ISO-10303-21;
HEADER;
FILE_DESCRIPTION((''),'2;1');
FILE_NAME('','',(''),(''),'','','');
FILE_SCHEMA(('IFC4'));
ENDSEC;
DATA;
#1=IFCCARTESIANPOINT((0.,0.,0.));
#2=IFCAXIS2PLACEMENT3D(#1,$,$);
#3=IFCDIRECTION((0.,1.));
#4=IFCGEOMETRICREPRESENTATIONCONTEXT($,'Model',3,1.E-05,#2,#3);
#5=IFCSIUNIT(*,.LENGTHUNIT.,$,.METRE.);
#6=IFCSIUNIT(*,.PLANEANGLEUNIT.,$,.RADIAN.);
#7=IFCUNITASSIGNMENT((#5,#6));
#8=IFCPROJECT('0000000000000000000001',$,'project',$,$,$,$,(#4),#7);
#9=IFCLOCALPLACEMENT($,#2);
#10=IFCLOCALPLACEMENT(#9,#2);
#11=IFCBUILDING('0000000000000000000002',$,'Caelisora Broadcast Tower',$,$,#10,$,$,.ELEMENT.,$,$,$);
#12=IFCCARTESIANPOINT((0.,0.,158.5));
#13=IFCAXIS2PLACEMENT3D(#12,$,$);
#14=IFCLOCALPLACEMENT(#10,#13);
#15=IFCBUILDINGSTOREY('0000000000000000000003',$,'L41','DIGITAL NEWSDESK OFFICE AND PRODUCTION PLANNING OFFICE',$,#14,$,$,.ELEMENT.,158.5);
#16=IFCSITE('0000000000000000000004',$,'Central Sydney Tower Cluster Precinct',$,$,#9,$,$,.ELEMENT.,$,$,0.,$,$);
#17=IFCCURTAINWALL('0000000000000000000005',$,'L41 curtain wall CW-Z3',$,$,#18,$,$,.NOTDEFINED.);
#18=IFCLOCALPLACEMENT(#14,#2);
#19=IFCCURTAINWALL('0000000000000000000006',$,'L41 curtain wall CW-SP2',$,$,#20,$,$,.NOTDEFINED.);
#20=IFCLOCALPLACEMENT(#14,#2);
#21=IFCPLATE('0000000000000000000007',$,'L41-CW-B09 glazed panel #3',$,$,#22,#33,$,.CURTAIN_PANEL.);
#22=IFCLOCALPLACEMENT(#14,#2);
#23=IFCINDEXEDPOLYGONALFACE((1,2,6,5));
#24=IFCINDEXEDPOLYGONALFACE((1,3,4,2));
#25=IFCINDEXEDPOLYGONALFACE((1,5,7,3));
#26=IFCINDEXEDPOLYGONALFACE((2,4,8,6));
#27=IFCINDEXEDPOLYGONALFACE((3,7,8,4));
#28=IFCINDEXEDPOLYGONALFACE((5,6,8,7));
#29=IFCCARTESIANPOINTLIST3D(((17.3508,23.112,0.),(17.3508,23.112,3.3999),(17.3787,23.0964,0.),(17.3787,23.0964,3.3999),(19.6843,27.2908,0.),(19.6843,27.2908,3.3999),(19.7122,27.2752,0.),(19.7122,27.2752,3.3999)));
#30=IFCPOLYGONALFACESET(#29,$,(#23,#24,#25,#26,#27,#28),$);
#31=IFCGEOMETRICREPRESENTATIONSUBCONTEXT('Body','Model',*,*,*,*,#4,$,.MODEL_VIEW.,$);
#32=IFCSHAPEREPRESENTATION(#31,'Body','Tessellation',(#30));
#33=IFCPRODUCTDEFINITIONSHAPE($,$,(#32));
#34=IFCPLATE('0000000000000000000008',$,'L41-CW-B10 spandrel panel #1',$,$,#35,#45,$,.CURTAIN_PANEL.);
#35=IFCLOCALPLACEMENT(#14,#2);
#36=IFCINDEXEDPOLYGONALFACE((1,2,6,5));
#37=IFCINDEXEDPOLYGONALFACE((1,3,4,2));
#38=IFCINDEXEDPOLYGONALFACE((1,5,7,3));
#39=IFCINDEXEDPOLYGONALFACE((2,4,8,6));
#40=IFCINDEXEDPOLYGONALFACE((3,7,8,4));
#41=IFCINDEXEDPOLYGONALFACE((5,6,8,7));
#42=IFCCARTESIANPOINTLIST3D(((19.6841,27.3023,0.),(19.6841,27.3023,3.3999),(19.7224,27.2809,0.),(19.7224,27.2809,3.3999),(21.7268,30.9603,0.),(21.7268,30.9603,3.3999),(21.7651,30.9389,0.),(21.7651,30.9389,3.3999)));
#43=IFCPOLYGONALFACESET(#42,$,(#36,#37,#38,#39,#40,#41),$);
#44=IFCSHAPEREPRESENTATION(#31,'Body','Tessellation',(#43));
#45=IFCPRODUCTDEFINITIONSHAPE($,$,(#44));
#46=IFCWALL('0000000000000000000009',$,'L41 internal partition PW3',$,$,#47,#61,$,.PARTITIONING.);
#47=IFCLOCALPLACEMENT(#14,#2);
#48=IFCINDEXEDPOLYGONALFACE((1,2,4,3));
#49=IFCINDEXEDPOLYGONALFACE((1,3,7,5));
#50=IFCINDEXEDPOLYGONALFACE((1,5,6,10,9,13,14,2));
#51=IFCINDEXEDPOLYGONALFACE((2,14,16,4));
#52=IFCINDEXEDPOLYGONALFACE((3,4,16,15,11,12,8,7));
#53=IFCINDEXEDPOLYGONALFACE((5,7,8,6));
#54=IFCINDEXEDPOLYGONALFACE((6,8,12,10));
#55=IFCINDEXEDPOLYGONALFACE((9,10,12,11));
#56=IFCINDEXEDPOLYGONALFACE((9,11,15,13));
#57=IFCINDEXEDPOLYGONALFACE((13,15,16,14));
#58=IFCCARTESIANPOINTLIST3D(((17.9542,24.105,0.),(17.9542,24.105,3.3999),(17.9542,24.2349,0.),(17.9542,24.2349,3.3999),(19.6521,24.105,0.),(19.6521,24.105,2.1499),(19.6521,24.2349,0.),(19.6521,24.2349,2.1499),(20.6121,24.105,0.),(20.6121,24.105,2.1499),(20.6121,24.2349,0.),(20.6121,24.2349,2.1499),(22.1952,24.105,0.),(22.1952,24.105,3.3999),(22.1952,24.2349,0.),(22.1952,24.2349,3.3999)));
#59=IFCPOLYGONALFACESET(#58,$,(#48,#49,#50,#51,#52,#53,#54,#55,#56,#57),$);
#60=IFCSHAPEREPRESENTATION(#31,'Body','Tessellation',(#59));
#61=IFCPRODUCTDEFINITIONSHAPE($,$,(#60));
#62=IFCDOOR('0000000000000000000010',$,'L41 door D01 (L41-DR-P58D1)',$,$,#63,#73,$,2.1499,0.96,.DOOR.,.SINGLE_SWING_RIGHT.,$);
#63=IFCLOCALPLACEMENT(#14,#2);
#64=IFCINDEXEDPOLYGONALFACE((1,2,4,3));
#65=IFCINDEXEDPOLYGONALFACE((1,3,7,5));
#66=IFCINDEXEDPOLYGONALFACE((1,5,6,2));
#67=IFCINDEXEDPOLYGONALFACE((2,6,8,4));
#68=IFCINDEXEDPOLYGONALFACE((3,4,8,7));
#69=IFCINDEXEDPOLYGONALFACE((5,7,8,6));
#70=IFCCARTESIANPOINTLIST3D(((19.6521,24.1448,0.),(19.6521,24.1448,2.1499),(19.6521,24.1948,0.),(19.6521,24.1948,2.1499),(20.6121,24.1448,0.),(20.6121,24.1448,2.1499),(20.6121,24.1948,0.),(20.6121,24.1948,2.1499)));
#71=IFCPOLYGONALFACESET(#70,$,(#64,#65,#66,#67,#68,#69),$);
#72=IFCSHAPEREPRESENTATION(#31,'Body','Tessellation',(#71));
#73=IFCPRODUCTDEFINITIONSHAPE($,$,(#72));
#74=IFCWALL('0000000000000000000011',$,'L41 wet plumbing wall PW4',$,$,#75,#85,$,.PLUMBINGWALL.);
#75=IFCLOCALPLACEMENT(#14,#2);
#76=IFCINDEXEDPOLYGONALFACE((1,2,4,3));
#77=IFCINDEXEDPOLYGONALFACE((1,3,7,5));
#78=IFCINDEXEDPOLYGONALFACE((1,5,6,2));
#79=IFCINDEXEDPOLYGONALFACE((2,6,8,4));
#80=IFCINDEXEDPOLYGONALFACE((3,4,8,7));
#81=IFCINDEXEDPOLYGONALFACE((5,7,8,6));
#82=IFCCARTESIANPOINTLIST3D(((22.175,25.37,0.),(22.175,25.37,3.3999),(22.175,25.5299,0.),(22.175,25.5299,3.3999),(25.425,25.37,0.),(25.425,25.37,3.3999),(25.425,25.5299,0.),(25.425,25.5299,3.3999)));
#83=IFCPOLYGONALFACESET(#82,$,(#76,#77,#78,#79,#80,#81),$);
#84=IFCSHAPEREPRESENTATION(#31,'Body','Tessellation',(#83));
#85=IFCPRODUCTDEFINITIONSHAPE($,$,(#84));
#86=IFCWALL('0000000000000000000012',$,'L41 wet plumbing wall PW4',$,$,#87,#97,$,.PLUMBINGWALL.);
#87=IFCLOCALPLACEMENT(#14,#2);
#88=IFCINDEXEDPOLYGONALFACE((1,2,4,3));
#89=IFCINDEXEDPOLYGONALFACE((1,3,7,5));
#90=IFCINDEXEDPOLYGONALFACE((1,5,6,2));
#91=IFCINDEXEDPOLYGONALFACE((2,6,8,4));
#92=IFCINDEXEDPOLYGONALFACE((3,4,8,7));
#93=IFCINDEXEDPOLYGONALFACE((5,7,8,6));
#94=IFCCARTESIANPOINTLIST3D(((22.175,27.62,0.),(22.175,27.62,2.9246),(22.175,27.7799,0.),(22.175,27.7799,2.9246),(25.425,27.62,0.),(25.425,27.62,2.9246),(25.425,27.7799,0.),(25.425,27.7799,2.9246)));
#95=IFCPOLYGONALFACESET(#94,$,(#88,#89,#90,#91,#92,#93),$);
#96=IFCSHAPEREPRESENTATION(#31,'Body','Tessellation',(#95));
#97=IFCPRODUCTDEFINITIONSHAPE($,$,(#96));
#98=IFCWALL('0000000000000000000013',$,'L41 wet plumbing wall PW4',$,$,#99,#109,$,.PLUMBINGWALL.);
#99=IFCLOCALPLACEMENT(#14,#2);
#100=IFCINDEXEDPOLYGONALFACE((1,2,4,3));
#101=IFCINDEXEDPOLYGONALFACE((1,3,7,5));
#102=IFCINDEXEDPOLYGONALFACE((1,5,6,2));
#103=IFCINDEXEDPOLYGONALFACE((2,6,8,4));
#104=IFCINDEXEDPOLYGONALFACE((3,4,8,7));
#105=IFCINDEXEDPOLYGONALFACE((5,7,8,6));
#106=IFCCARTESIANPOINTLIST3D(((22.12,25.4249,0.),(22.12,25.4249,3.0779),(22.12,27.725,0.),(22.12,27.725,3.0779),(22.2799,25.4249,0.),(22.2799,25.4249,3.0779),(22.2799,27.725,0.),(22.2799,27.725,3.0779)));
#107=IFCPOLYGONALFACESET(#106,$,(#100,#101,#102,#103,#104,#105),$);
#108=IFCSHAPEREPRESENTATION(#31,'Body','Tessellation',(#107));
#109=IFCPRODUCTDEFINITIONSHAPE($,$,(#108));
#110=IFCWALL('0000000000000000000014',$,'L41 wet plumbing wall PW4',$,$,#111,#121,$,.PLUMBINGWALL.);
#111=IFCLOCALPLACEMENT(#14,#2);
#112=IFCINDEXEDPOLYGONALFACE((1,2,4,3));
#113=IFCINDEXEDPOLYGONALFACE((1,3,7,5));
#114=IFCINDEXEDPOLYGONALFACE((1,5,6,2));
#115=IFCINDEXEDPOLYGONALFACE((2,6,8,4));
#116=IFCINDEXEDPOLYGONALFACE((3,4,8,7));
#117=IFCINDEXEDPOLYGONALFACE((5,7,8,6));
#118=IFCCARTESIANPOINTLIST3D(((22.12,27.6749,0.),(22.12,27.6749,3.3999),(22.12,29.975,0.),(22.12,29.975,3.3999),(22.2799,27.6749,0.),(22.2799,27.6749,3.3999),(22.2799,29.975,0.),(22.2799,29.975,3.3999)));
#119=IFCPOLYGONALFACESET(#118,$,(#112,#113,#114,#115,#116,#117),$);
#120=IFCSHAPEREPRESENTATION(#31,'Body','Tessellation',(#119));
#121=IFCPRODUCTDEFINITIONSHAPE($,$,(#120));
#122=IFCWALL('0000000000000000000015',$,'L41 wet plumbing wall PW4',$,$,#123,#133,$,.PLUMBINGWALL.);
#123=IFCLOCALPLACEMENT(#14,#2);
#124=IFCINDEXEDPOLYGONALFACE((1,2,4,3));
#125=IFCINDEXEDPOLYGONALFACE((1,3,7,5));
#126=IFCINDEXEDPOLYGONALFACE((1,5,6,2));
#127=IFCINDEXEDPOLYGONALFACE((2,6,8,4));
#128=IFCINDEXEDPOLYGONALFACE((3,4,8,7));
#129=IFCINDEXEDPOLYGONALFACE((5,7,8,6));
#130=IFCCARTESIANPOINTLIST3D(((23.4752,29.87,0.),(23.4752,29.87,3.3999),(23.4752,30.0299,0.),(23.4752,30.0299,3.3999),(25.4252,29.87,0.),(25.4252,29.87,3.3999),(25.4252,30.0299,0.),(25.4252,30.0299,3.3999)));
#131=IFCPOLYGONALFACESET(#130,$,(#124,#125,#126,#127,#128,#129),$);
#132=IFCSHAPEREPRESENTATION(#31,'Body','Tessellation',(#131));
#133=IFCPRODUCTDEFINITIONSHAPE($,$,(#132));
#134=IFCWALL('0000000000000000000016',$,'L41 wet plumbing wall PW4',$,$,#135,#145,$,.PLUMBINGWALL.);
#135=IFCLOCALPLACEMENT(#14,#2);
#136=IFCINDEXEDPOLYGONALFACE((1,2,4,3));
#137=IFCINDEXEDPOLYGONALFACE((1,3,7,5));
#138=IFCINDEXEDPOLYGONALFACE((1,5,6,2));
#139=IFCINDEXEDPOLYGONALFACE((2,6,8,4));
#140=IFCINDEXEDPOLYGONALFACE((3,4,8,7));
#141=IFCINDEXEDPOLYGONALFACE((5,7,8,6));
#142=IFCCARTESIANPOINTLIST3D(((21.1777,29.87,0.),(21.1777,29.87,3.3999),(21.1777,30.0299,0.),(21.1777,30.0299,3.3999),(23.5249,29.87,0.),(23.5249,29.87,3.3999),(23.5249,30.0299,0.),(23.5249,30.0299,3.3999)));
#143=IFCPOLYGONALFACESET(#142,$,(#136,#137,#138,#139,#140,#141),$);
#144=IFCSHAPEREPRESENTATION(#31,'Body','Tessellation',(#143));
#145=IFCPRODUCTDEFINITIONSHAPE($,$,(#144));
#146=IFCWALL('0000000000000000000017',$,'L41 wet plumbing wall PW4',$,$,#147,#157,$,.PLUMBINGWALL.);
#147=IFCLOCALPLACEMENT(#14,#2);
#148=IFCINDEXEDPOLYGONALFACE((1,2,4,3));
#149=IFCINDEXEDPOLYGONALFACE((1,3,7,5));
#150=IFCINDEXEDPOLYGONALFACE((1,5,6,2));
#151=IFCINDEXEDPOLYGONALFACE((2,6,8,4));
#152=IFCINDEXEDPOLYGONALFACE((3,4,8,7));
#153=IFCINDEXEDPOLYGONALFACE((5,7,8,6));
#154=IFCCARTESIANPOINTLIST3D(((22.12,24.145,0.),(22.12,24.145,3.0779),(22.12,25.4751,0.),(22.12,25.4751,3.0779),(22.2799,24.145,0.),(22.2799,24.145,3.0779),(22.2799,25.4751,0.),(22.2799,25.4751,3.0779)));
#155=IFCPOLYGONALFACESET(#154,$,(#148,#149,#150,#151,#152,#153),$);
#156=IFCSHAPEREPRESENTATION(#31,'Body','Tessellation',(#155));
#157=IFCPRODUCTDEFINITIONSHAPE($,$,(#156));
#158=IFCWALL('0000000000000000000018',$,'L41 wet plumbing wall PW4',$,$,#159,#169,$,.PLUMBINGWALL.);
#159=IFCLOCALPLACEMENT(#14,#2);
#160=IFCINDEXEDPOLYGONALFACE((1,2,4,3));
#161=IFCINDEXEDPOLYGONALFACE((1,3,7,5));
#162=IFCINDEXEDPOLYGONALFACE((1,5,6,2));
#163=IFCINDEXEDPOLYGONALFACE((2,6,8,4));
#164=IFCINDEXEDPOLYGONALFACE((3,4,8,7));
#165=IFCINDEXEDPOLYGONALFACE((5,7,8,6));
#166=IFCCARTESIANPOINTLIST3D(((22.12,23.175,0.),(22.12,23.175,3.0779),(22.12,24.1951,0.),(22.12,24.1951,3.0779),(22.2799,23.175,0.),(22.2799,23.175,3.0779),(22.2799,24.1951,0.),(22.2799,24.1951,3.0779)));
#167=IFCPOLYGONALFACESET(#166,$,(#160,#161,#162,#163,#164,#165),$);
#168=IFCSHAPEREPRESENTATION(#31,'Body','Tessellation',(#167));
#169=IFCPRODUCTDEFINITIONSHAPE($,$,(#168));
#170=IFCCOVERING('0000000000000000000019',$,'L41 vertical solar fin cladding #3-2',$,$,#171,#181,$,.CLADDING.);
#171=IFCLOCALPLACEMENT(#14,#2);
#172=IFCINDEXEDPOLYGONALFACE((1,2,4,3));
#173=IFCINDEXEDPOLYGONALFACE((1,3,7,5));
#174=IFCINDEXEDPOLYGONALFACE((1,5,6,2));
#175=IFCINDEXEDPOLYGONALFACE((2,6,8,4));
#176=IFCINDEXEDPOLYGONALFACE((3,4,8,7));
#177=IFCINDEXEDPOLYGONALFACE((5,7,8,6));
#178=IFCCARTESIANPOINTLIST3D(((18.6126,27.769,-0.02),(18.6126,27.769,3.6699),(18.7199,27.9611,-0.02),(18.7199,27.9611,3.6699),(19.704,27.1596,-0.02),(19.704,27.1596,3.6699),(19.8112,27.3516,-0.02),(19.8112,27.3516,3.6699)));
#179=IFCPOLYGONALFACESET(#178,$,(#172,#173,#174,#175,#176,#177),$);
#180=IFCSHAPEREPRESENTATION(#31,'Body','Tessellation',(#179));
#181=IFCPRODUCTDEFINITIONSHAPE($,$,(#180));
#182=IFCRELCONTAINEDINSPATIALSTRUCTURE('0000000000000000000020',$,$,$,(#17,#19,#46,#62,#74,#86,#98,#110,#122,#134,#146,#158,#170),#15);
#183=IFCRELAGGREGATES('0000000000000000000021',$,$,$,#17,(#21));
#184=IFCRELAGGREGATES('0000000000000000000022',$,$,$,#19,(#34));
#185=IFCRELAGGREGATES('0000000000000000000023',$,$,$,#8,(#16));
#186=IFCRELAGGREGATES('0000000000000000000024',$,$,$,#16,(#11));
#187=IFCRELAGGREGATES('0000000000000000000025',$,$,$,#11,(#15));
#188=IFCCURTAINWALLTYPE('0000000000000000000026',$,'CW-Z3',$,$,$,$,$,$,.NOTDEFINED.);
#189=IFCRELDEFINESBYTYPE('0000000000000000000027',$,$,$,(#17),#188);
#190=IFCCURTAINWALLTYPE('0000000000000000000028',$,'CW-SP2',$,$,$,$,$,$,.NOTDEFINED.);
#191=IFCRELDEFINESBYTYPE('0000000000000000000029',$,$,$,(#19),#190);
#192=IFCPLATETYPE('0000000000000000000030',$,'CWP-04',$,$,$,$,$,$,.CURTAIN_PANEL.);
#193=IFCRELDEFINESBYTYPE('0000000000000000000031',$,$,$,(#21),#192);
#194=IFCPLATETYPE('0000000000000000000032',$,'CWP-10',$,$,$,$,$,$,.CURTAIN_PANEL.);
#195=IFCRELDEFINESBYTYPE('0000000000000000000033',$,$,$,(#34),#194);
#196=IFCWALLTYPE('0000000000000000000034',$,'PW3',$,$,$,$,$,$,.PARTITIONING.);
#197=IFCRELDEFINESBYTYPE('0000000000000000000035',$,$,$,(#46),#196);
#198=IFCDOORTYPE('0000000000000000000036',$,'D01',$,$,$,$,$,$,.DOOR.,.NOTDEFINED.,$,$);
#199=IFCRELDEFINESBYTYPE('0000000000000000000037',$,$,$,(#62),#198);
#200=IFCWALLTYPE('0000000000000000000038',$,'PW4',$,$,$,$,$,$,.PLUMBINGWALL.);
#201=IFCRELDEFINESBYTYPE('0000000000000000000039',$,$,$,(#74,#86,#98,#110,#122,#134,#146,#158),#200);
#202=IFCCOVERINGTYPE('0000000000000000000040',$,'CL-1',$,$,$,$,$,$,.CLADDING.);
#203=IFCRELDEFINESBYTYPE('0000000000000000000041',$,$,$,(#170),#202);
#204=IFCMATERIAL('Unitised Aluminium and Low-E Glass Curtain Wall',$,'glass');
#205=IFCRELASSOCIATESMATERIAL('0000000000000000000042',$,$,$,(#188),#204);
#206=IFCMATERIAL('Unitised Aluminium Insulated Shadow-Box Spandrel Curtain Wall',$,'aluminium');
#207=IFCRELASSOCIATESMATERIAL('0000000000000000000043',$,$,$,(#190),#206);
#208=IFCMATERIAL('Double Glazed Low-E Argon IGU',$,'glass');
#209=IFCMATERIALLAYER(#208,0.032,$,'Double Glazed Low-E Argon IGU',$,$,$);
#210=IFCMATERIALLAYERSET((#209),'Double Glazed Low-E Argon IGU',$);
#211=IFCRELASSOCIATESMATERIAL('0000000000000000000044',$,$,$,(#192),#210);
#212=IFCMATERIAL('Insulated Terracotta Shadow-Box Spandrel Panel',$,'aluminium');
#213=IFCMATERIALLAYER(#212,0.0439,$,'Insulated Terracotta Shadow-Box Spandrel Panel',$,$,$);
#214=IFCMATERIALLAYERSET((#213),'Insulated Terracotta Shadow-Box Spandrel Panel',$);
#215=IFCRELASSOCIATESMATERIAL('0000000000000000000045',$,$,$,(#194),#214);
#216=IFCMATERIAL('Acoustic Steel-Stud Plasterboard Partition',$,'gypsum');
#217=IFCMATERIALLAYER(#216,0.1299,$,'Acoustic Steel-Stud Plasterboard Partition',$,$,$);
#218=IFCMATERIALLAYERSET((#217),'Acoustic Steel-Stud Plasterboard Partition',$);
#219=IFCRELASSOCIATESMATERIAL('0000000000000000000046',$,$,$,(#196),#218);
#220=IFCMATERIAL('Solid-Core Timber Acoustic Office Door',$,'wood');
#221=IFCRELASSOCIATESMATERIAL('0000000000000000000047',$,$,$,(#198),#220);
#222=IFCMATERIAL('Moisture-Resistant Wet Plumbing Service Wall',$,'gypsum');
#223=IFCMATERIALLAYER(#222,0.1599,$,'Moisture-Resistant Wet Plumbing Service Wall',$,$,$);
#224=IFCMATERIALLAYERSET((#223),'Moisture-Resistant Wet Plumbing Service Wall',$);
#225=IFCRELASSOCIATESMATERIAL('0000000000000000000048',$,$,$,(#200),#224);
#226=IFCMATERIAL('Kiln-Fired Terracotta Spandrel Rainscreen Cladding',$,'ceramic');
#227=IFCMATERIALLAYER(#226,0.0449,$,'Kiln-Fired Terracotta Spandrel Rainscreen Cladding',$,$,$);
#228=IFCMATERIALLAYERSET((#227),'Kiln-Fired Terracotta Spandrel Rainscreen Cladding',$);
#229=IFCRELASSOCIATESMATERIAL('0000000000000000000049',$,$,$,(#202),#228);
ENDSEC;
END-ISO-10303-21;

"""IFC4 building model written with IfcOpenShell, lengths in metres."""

from ifc_helpers import new_model, si_unit, direction, frame, frame_2d, origin, origin_2d, place, context, subcontext, project, spatial, rectangle, extrude, source, transform, mapped, material, layer, layer_set, type_object, type_shapes, element, fill, aggregate, save


model = new_model("IFC4")

# Units and contexts
model_context = context("Model", 3, precision=1e-05, world=origin(), true_north=direction((0.0, 1.0)))
body_context = subcontext(model_context, "Body", "Model", "MODEL_VIEW")
ifc_project = project(units=[si_unit("LENGTHUNIT", "METRE"), si_unit("PLANEANGLEUNIT", "RADIAN")], contexts=[model_context])

# Site, building, storey
site_placement = place(None, origin())
site = spatial("IfcSite", under=ifc_project, at=site_placement, Name="Central Sydney Tower Cluster Precinct", CompositionType="ELEMENT", RefElevation=0.0)
building_placement = place(site_placement, origin())
building = spatial("IfcBuilding", under=site, at=building_placement, Name="Caelisora Broadcast Tower", CompositionType="ELEMENT")
storey_placement = place(building_placement, frame((0.0, 0.0, 158.5)))
storey = spatial("IfcBuildingStorey", under=building, at=storey_placement, Name="L41", Description="DIGITAL NEWSDESK OFFICE AND PRODUCTION PLANNING OFFICE", CompositionType="ELEMENT", Elevation=158.5)

# Curtain wall
ifc_material_1 = material(Name="Unitised Aluminium and Low-E Glass Curtain Wall", Category="glass")
curtain_wall_type_1 = type_object("IfcCurtainWallType", Name="CW-Z3", PredefinedType="NOTDEFINED", material=ifc_material_1)
curtain_wall_1_placement = place(storey_placement, origin())
curtain_wall_1 = element("IfcCurtainWall", 1, at=curtain_wall_1_placement, inside=storey, type_object=curtain_wall_type_1, Name="L41 curtain wall CW-Z3", PredefinedType="NOTDEFINED")

# Curtain wall
ifc_material_2 = material(Name="Unitised Aluminium Insulated Shadow-Box Spandrel Curtain Wall", Category="aluminium")
curtain_wall_type_2 = type_object("IfcCurtainWallType", Name="CW-SP2", PredefinedType="NOTDEFINED", material=ifc_material_2)
curtain_wall_2_placement = place(storey_placement, origin())
curtain_wall_2 = element("IfcCurtainWall", 2, at=curtain_wall_2_placement, inside=storey, type_object=curtain_wall_type_2, Name="L41 curtain wall CW-SP2", PredefinedType="NOTDEFINED")

# Plates
ifc_material_3 = material(Name="Double Glazed Low-E Argon IGU", Category="glass")
ifc_layer_1 = layer(ifc_material_3, 0.032, Name="Double Glazed Low-E Argon IGU")
ifc_layer_set_1 = layer_set([ifc_layer_1], Name="Double Glazed Low-E Argon IGU")
plate_type_1 = type_object("IfcPlateType", Name="CWP-04", PredefinedType="CURTAIN_PANEL", material=ifc_layer_set_1)
shared_shape_1 = source(origin(), body_context, "Body", "SweptSolid", [
    extrude(rectangle(XDim=4.7861, YDim=0.032, at=origin_2d()), origin(), (0.0, 0.0, 1.0), 3.3999),
])
type_shapes(plate_type_1, [shared_shape_1])
plate_1_placement = place(storey_placement, frame((18.5315, 25.1936, 0.0), z_axis=(0.0, 0.0, 1.0), x_axis=(0.487555, 0.873092, 0.0)))
plate_1 = element("IfcPlate", 3, at=plate_1_placement, type_object=plate_type_1, Name="L41-CW-B09 glazed panel #3", PredefinedType="CURTAIN_PANEL", context=body_context, shape_type="MappedRepresentation", body=[
    mapped(shared_shape_1, transform((0.0, 0.0, 0.0), scale=1.0)),
])
aggregate(curtain_wall_1, [plate_1])
ifc_material_4 = material(Name="Insulated Terracotta Shadow-Box Spandrel Panel", Category="aluminium")
ifc_layer_2 = layer(ifc_material_4, 0.0439, Name="Insulated Terracotta Shadow-Box Spandrel Panel")
ifc_layer_set_2 = layer_set([ifc_layer_2], Name="Insulated Terracotta Shadow-Box Spandrel Panel")
plate_type_2 = type_object("IfcPlateType", Name="CWP-10", PredefinedType="CURTAIN_PANEL", material=ifc_layer_set_2)
shared_shape_2 = source(origin(), body_context, "Body", "SweptSolid", [
    extrude(rectangle(XDim=4.1897, YDim=0.0439, at=origin_2d()), origin(), (0.0, 0.0, 1.0), 3.3999),
])
type_shapes(plate_type_2, [shared_shape_2])
plate_2_placement = place(storey_placement, frame((20.7246, 29.1206, 0.0), z_axis=(0.0, 0.0, 1.0), x_axis=(0.487555, 0.873092, 0.0)))
plate_2 = element("IfcPlate", 4, at=plate_2_placement, type_object=plate_type_2, Name="L41-CW-B10 spandrel panel #1", PredefinedType="CURTAIN_PANEL", context=body_context, shape_type="MappedRepresentation", body=[
    mapped(shared_shape_2, transform((0.0, 0.0, 0.0), scale=1.0)),
])
aggregate(curtain_wall_2, [plate_2])

# Wall, opening, door
ifc_material_5 = material(Name="Acoustic Steel-Stud Plasterboard Partition", Category="gypsum")
ifc_layer_3 = layer(ifc_material_5, 0.1299, Name="Acoustic Steel-Stud Plasterboard Partition")
ifc_layer_set_3 = layer_set([ifc_layer_3], Name="Acoustic Steel-Stud Plasterboard Partition")
wall_type_1 = type_object("IfcWallType", Name="PW3", PredefinedType="PARTITIONING", material=ifc_layer_set_3)
wall_1_placement = place(storey_placement, frame((17.9541, 24.1699, 0.0), z_axis=(0.0, 0.0, 1.0), x_axis=(1.0, 0.0, 0.0)))
wall_1 = element("IfcWall", 5, at=wall_1_placement, inside=storey, type_object=wall_type_1, Name="L41 internal partition PW3", PredefinedType="PARTITIONING", context=body_context, shape_type="SweptSolid", body=[
    extrude(rectangle(XDim=4.241, YDim=0.1299, at=frame_2d((2.1206, 0.0))), origin(), (0.0, 0.0, 1.0), 3.3999),
])
opening_placement = place(wall_1_placement, frame((1.698, 0.0, 0.0)))
opening = element("IfcOpeningElement", 6, at=opening_placement, cuts=wall_1, PredefinedType="OPENING", context=body_context, shape_type="SweptSolid", body=[
    extrude(rectangle(XDim=0.96, YDim=2.1499, at=frame_2d((0.48, 1.075))), frame((0.0, 0.0769, 0.0), z_axis=(0.0, -1.0, 0.0), x_axis=(1.0, 0.0, 0.0)), (0.0, 0.0, 1.0), 0.1538),
])
ifc_material_6 = material(Name="Solid-Core Timber Acoustic Office Door", Category="wood")
door_type = type_object("IfcDoorType", Name="D01", OperationType="NOTDEFINED", PredefinedType="DOOR", material=ifc_material_6)
door_placement = place(opening_placement, origin())
door = element("IfcDoor", 7, at=door_placement, inside=storey, type_object=door_type, Name="L41 door D01 (L41-DR-P58D1)", OperationType="SINGLE_SWING_RIGHT", OverallHeight=2.1499, OverallWidth=0.96, PredefinedType="DOOR", context=body_context, shape_type="SweptSolid", body=[
    extrude(rectangle(XDim=0.96, YDim=2.1499, at=frame_2d((0.48, 1.075))), frame((0.0, 0.0249, 0.0), z_axis=(0.0, -1.0, 0.0), x_axis=(1.0, 0.0, 0.0)), (0.0, 0.0, 1.0), 0.05),
])
fill(opening, door)

# Walls
ifc_material_7 = material(Name="Moisture-Resistant Wet Plumbing Service Wall", Category="gypsum")
ifc_layer_4 = layer(ifc_material_7, 0.1599, Name="Moisture-Resistant Wet Plumbing Service Wall")
ifc_layer_set_4 = layer_set([ifc_layer_4], Name="Moisture-Resistant Wet Plumbing Service Wall")
wall_type_2 = type_object("IfcWallType", Name="PW4", PredefinedType="PLUMBINGWALL", material=ifc_layer_set_4)
wall_2_placement = place(storey_placement, frame((22.175, 25.45, 0.0), z_axis=(0.0, 0.0, 1.0), x_axis=(1.0, 0.0, 0.0)))
element("IfcWall", 8, at=wall_2_placement, inside=storey, type_object=wall_type_2, Name="L41 wet plumbing wall PW4", PredefinedType="PLUMBINGWALL", context=body_context, shape_type="SweptSolid", body=[
    extrude(rectangle(XDim=3.25, YDim=0.1599, at=frame_2d((1.625, 0.0))), origin(), (0.0, 0.0, 1.0), 3.3999),
])
wall_3_placement = place(storey_placement, frame((22.175, 27.7, 0.0), z_axis=(0.0, 0.0, 1.0), x_axis=(1.0, 0.0, 0.0)))
element("IfcWall", 9, at=wall_3_placement, inside=storey, type_object=wall_type_2, Name="L41 wet plumbing wall PW4", PredefinedType="PLUMBINGWALL", context=body_context, shape_type="SweptSolid", body=[
    extrude(rectangle(XDim=3.25, YDim=0.1599, at=frame_2d((1.625, 0.0))), origin(), (0.0, 0.0, 1.0), 2.9246),
])
wall_4_placement = place(storey_placement, frame((22.2, 25.425, 0.0), z_axis=(0.0, 0.0, 1.0), x_axis=(0.0, 1.0, 0.0)))
element("IfcWall", 10, at=wall_4_placement, inside=storey, type_object=wall_type_2, Name="L41 wet plumbing wall PW4", PredefinedType="PLUMBINGWALL", context=body_context, shape_type="SweptSolid", body=[
    extrude(rectangle(XDim=2.3, YDim=0.1599, at=frame_2d((1.1499, 0.0))), origin(), (0.0, 0.0, 1.0), 3.0779),
])
wall_5_placement = place(storey_placement, frame((22.2, 27.675, 0.0), z_axis=(0.0, 0.0, 1.0), x_axis=(0.0, 1.0, 0.0)))
element("IfcWall", 11, at=wall_5_placement, inside=storey, type_object=wall_type_2, Name="L41 wet plumbing wall PW4", PredefinedType="PLUMBINGWALL", context=body_context, shape_type="SweptSolid", body=[
    extrude(rectangle(XDim=2.3, YDim=0.1599, at=frame_2d((1.1499, 0.0))), origin(), (0.0, 0.0, 1.0), 3.3999),
])
wall_6_placement = place(storey_placement, frame((23.4751, 29.95, 0.0), z_axis=(0.0, 0.0, 1.0), x_axis=(1.0, 0.0, 0.0)))
element("IfcWall", 12, at=wall_6_placement, inside=storey, type_object=wall_type_2, Name="L41 wet plumbing wall PW4", PredefinedType="PLUMBINGWALL", context=body_context, shape_type="SweptSolid", body=[
    extrude(rectangle(XDim=1.95, YDim=0.1599, at=frame_2d((0.9751, 0.0))), origin(), (0.0, 0.0, 1.0), 3.3999),
])
wall_7_placement = place(storey_placement, frame((21.1777, 29.95, 0.0), z_axis=(0.0, 0.0, 1.0), x_axis=(1.0, 0.0, 0.0)))
element("IfcWall", 13, at=wall_7_placement, inside=storey, type_object=wall_type_2, Name="L41 wet plumbing wall PW4", PredefinedType="PLUMBINGWALL", context=body_context, shape_type="SweptSolid", body=[
    extrude(rectangle(XDim=2.3472, YDim=0.1599, at=frame_2d((1.1736, 0.0))), origin(), (0.0, 0.0, 1.0), 3.3999),
])
wall_8_placement = place(storey_placement, frame((22.2, 24.145, 0.0), z_axis=(0.0, 0.0, 1.0), x_axis=(0.0, 1.0, 0.0)))
element("IfcWall", 14, at=wall_8_placement, inside=storey, type_object=wall_type_2, Name="L41 wet plumbing wall PW4", PredefinedType="PLUMBINGWALL", context=body_context, shape_type="SweptSolid", body=[
    extrude(rectangle(XDim=1.3301, YDim=0.1599, at=frame_2d((0.665, 0.0))), origin(), (0.0, 0.0, 1.0), 3.0779),
])
wall_9_placement = place(storey_placement, frame((22.2, 24.1951, 0.0), z_axis=(0.0, 0.0, 1.0), x_axis=(0.0, -1.0, 0.0)))
element("IfcWall", 15, at=wall_9_placement, inside=storey, type_object=wall_type_2, Name="L41 wet plumbing wall PW4", PredefinedType="PLUMBINGWALL", context=body_context, shape_type="SweptSolid", body=[
    extrude(rectangle(XDim=1.02, YDim=0.1599, at=frame_2d((0.51, 0.0))), origin(), (0.0, 0.0, 1.0), 3.0779),
])

# Covering
ifc_material_8 = material(Name="Kiln-Fired Terracotta Spandrel Rainscreen Cladding", Category="ceramic")
ifc_layer_5 = layer(ifc_material_8, 0.0449, Name="Kiln-Fired Terracotta Spandrel Rainscreen Cladding")
ifc_layer_set_5 = layer_set([ifc_layer_5], Name="Kiln-Fired Terracotta Spandrel Rainscreen Cladding")
covering_type = type_object("IfcCoveringType", Name="CL-1", PredefinedType="CLADDING", material=ifc_layer_set_5)
shared_shape_3 = source(origin(), body_context, "Body", "SweptSolid", [
    extrude(rectangle(XDim=0.22, YDim=1.25, at=origin_2d()), origin(), (0.0, 0.0, 1.0), 3.6899),
])
type_shapes(covering_type, [shared_shape_3])
covering_placement = place(storey_placement, frame((19.2119, 27.5603, -0.02), z_axis=(0.0, 0.0, 1.0), x_axis=(0.487555, 0.873092, 0.0)))
element("IfcCovering", 16, at=covering_placement, inside=storey, type_object=covering_type, Name="L41 vertical solar fin cladding #3-2", PredefinedType="CLADDING", context=body_context, shape_type="MappedRepresentation", body=[
    mapped(shared_shape_3, transform((0.0, 0.0, 0.0), scale=1.0)),
])

save(model, "model.ifc")
